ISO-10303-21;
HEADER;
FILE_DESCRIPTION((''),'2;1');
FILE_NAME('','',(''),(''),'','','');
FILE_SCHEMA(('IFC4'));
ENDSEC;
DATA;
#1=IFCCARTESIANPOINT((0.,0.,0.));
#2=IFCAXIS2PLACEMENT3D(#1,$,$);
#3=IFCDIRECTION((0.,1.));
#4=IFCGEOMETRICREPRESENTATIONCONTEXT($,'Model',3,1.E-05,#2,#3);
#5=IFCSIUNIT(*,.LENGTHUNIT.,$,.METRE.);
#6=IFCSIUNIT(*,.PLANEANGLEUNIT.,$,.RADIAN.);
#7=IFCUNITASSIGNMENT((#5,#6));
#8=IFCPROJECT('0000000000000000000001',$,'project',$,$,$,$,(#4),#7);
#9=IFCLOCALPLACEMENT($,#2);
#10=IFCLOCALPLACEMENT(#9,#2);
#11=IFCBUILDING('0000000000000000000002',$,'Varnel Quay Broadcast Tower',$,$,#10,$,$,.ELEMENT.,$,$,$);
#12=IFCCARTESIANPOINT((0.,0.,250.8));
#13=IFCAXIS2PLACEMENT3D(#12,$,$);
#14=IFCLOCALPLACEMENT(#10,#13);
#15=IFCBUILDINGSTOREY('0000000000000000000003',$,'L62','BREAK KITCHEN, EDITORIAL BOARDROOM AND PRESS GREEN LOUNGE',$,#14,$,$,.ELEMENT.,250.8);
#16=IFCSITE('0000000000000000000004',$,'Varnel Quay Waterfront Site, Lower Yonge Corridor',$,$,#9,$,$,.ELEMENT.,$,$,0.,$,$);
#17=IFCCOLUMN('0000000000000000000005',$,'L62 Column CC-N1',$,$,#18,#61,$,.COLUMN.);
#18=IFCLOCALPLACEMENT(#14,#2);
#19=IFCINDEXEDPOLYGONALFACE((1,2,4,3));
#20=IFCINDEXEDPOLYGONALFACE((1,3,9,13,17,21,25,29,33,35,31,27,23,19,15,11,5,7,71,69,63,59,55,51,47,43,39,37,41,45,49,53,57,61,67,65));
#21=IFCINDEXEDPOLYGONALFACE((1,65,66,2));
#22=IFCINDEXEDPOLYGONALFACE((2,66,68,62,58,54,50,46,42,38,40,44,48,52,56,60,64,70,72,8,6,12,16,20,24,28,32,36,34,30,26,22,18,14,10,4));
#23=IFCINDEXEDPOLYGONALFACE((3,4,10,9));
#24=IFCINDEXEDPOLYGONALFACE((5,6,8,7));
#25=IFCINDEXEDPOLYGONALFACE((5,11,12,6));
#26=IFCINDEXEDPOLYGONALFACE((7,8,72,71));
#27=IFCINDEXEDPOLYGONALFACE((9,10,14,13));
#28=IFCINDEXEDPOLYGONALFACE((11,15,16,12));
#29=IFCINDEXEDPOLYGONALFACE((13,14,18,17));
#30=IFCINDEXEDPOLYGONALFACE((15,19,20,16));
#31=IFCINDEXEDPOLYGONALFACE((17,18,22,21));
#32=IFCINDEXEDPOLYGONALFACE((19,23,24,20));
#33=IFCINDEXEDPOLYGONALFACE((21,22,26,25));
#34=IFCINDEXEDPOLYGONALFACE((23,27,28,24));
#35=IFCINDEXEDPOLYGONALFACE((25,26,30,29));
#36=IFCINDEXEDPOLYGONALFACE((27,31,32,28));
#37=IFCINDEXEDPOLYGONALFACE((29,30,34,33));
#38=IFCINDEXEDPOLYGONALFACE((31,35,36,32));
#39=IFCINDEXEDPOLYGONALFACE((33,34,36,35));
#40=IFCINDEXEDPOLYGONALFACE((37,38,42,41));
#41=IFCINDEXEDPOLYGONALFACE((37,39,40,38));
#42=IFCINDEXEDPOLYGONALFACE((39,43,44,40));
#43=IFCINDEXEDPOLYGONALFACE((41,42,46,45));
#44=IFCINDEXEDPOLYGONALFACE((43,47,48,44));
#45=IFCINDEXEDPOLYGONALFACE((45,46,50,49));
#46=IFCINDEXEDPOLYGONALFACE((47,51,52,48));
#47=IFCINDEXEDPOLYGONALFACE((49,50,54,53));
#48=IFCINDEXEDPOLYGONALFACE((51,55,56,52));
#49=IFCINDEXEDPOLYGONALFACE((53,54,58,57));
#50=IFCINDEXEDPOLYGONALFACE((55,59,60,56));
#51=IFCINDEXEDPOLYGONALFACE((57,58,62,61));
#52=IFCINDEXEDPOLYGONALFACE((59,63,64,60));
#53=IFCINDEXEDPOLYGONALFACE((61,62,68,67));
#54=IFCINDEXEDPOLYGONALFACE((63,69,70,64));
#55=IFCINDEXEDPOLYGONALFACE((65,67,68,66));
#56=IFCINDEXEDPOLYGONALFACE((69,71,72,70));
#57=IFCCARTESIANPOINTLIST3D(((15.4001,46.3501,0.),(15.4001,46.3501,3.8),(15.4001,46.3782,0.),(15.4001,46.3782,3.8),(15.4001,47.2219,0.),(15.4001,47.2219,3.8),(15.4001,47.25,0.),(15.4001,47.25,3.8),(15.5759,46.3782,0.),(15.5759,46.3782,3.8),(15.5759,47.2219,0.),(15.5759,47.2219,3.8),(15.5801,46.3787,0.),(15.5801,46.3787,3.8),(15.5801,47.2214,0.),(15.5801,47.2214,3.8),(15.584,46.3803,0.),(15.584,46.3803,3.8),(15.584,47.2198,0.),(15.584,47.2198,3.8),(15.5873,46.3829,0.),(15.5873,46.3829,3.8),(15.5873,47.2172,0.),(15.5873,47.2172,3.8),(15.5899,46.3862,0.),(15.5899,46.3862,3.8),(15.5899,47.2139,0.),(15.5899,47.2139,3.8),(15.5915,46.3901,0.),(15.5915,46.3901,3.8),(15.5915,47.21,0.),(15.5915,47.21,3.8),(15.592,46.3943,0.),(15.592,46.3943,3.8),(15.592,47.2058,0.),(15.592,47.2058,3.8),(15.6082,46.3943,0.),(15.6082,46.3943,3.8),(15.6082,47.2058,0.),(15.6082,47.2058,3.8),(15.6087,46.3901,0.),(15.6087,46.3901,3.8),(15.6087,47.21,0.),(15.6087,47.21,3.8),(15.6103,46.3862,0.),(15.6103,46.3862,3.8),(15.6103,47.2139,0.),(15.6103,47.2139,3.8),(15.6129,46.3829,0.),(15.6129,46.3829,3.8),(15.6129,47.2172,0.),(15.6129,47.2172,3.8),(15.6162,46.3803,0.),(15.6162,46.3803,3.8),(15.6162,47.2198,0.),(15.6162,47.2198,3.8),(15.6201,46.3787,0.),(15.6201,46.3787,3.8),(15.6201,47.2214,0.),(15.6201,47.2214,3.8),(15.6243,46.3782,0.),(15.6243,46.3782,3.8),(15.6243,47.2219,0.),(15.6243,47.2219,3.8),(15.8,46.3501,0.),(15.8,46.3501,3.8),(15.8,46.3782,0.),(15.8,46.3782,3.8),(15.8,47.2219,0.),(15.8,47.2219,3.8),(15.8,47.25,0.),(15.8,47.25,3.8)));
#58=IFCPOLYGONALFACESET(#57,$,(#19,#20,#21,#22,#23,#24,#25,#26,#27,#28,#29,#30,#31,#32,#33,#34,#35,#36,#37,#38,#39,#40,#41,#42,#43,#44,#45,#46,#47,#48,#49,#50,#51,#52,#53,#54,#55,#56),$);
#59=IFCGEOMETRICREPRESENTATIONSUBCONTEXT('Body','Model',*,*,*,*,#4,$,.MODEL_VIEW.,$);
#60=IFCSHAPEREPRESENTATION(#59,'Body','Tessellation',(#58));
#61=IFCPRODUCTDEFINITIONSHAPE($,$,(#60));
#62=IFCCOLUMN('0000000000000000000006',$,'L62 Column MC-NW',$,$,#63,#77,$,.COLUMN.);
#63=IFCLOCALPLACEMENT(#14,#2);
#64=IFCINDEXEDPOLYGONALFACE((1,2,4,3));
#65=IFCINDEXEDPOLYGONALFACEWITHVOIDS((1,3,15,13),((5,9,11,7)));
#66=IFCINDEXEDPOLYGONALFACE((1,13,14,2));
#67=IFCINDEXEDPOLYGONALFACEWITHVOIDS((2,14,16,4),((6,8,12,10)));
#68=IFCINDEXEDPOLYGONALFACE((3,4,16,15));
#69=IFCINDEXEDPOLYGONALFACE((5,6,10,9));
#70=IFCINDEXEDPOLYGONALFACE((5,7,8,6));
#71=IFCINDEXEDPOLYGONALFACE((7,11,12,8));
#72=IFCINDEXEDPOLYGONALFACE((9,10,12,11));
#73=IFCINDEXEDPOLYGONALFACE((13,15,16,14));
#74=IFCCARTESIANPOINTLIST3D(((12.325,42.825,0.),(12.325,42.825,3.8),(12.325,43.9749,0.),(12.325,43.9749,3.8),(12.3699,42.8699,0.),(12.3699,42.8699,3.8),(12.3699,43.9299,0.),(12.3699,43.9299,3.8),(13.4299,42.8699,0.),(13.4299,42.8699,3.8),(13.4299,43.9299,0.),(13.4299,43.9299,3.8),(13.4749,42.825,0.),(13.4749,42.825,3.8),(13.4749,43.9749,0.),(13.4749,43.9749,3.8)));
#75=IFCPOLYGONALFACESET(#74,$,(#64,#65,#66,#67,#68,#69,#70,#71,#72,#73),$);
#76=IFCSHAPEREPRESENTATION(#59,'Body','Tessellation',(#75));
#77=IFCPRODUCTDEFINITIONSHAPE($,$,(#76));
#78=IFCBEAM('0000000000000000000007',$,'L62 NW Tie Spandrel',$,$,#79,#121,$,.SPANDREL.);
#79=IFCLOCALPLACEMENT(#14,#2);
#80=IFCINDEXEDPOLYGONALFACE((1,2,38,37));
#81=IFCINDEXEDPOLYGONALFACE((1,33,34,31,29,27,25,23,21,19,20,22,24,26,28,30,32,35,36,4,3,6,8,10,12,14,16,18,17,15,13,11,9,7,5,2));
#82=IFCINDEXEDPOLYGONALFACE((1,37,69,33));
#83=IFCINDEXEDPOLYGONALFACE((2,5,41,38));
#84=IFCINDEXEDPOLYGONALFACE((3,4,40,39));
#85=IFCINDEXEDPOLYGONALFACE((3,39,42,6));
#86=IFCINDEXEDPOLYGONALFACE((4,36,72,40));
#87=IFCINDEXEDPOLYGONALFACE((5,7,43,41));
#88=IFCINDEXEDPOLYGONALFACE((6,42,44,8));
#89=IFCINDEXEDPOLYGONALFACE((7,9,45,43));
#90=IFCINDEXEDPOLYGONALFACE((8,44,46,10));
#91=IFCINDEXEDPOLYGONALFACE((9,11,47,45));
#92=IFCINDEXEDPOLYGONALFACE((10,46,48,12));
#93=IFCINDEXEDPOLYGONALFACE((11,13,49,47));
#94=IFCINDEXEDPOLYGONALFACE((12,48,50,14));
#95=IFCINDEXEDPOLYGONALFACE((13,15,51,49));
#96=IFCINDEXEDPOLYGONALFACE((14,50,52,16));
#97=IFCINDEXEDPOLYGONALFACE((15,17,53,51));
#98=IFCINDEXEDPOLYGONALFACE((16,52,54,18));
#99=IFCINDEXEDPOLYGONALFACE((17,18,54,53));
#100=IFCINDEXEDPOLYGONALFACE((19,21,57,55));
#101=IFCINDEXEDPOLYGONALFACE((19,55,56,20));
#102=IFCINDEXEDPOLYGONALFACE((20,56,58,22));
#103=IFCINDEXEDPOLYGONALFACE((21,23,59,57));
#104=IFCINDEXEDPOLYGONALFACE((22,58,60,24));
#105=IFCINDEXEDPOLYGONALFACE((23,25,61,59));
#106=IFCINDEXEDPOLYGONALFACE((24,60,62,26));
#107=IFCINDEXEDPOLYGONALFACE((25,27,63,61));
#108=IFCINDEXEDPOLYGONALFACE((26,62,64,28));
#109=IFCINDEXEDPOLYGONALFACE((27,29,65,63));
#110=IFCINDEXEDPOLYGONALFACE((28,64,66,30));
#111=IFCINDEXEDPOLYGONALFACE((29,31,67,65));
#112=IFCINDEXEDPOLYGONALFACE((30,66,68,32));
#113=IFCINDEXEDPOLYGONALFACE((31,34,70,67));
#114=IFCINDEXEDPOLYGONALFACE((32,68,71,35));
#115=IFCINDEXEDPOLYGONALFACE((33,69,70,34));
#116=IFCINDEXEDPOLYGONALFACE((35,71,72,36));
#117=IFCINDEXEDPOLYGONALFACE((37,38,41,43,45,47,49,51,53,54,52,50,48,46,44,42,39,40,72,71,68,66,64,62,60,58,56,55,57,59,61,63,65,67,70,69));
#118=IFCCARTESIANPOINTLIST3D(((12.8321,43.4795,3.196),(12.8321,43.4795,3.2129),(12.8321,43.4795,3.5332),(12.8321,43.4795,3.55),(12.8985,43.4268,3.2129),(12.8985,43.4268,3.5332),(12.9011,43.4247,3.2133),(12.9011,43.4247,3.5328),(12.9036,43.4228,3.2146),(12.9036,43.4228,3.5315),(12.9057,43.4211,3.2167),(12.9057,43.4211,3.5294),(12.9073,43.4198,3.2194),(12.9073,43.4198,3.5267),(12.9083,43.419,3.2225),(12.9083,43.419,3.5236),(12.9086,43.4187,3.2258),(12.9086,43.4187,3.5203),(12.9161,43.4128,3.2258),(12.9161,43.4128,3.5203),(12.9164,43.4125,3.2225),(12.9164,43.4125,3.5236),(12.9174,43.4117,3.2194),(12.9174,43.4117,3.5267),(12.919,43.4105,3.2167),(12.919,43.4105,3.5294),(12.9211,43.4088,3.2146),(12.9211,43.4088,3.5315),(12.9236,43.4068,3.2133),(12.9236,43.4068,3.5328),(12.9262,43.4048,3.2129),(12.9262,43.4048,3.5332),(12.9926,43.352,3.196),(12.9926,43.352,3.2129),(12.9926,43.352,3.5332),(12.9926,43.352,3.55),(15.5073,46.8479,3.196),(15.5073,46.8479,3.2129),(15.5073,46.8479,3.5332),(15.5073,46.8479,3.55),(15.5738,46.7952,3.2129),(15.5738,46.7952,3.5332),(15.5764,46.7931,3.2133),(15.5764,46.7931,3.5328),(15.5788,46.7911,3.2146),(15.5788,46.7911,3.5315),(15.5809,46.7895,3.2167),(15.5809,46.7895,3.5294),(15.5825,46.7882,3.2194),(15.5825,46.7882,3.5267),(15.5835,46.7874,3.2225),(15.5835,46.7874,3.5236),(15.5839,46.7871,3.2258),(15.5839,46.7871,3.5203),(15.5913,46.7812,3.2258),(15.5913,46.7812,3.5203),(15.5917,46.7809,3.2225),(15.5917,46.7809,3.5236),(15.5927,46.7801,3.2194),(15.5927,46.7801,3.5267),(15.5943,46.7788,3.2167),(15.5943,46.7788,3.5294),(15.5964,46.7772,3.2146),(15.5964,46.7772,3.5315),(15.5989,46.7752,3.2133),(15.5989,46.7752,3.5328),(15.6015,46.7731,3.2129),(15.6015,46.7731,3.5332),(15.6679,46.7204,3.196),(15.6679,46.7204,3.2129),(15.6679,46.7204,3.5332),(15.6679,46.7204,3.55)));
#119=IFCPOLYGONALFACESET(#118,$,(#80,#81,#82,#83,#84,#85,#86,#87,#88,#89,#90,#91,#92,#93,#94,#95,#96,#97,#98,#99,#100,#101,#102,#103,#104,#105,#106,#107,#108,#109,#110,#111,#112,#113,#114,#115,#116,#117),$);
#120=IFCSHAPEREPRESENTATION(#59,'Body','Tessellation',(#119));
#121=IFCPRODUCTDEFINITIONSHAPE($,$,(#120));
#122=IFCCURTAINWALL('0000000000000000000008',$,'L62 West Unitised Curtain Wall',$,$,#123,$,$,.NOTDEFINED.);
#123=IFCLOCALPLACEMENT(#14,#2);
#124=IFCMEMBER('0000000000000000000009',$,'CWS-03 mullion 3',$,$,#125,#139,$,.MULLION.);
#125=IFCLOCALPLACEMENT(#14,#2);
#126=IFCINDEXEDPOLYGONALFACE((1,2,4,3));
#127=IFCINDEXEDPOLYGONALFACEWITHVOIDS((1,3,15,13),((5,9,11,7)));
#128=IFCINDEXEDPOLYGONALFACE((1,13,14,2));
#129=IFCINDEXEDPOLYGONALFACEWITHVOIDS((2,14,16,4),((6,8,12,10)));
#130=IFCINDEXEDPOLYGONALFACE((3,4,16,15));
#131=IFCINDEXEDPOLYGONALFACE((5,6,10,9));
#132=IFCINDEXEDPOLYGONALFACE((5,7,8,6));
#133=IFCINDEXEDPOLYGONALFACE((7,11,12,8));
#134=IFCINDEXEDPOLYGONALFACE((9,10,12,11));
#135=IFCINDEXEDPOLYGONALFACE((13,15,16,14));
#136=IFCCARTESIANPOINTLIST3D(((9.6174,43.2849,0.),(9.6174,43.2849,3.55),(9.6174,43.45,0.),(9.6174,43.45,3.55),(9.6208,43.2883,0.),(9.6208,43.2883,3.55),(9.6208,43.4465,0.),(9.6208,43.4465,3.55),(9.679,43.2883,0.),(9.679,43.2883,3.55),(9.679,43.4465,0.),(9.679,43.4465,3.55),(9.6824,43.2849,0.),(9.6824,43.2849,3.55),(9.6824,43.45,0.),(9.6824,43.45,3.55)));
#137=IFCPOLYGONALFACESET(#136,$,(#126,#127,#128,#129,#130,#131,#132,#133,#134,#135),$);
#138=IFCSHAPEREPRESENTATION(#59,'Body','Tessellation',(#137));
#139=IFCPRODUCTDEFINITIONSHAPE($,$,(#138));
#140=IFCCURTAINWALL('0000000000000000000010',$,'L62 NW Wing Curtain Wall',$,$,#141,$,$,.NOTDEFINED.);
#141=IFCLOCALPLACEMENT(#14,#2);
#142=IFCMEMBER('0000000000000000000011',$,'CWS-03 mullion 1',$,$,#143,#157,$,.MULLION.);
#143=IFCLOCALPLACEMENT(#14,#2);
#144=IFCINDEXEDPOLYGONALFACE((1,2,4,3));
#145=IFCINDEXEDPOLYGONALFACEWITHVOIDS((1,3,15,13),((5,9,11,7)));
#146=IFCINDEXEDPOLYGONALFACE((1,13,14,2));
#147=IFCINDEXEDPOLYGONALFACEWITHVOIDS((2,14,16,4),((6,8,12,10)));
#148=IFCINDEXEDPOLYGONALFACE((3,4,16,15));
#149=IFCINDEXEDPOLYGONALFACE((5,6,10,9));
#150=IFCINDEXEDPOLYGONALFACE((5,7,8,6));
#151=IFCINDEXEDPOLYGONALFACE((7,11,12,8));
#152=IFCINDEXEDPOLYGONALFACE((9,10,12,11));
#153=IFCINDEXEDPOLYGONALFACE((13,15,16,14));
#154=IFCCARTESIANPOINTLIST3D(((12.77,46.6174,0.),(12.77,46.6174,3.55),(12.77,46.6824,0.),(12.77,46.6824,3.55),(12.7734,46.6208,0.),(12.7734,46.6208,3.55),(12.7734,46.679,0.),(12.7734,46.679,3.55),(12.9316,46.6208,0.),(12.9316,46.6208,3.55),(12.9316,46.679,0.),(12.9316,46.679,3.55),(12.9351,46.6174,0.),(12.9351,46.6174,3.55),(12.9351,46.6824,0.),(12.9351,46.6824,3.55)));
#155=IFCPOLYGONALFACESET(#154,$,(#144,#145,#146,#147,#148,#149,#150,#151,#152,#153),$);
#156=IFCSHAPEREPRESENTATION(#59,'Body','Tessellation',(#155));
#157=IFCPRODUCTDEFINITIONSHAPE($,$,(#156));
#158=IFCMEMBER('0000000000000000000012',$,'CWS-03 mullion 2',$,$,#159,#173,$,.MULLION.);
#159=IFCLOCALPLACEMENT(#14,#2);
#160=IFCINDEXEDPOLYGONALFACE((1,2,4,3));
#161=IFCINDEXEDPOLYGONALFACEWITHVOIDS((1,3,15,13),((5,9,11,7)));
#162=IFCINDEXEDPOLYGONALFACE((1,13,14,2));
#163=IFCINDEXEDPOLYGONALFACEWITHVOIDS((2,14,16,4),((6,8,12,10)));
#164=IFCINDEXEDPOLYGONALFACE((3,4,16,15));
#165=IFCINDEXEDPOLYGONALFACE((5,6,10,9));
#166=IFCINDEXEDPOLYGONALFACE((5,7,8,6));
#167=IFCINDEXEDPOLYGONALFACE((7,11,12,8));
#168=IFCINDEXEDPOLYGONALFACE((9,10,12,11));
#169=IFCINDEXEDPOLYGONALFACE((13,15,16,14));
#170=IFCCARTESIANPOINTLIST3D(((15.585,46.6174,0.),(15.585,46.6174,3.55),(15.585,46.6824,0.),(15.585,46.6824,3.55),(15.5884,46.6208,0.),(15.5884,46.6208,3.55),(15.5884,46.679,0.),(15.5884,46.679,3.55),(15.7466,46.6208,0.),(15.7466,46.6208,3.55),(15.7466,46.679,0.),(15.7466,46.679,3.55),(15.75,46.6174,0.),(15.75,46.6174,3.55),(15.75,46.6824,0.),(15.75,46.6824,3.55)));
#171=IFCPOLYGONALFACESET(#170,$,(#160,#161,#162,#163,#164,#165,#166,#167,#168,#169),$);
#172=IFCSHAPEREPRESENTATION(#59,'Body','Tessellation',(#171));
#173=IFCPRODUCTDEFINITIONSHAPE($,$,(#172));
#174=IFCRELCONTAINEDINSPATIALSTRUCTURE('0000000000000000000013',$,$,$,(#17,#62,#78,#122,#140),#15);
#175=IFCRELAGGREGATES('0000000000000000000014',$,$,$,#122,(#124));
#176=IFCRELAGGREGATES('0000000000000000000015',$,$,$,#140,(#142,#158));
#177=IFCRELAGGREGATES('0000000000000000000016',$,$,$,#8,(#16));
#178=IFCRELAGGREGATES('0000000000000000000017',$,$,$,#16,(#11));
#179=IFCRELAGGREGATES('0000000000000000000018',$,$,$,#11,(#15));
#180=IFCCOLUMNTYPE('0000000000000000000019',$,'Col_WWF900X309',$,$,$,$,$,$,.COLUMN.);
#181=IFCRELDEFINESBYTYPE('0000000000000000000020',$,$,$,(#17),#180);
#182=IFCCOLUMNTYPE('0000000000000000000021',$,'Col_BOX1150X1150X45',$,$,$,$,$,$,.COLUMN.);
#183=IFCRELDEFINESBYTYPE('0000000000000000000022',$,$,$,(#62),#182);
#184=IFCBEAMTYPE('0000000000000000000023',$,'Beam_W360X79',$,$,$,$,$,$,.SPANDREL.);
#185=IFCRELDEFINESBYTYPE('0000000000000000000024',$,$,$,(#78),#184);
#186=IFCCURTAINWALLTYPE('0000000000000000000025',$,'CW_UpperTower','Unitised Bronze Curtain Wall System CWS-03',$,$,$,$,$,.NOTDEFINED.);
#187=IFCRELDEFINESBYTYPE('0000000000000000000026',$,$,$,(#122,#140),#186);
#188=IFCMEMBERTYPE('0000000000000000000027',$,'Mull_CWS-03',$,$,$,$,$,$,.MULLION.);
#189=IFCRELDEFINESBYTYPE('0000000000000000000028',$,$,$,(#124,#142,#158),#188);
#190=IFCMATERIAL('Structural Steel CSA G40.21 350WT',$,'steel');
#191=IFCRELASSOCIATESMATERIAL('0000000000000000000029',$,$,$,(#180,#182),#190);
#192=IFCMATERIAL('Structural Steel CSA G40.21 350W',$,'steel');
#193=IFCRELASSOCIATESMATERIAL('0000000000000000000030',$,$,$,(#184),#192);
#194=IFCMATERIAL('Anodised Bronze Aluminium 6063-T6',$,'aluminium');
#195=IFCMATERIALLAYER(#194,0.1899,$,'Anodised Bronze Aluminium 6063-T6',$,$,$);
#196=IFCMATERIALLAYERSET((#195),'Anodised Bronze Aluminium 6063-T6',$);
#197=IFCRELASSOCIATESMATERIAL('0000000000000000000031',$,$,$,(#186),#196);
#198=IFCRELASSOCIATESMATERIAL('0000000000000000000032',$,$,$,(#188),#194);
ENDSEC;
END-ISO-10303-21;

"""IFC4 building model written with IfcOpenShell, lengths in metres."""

from ifc_helpers import new_model, si_unit, direction, frame, origin, origin_2d, place, context, subcontext, project, spatial, hollow_rectangle, i_section, extrude, source, transform, mapped, material, layer, layer_set, material_profile, profile_set, type_object, type_shapes, element, aggregate, save


model = new_model("IFC4")

# Units and contexts
model_context = context("Model", 3, precision=1e-05, world=origin(), true_north=direction((0.0, 1.0)))
body_context = subcontext(model_context, "Body", "Model", "MODEL_VIEW")
ifc_project = project(units=[si_unit("LENGTHUNIT", "METRE"), si_unit("PLANEANGLEUNIT", "RADIAN")], contexts=[model_context])

# Site, building, storey
site_placement = place(None, origin())
site = spatial("IfcSite", under=ifc_project, at=site_placement, Name="Varnel Quay Waterfront Site, Lower Yonge Corridor", CompositionType="ELEMENT", RefElevation=0.0)
building_placement = place(site_placement, origin())
building = spatial("IfcBuilding", under=site, at=building_placement, Name="Varnel Quay Broadcast Tower", CompositionType="ELEMENT")
storey_placement = place(building_placement, frame((0.0, 0.0, 250.8)))
storey = spatial("IfcBuildingStorey", under=building, at=storey_placement, Name="L62", Description="BREAK KITCHEN, EDITORIAL BOARDROOM AND PRESS GREEN LOUNGE", CompositionType="ELEMENT", Elevation=250.8)

# Columns
ifc_material_1 = material(Name="Structural Steel CSA G40.21 350WT", Category="steel")
ifc_material_profile_1 = material_profile(ifc_material_1, i_section(OverallWidth=0.3999, OverallDepth=0.8999, WebThickness=0.0161, FlangeThickness=0.0281, FilletRadius=0.0161, at=origin_2d()), Name="WWF900X309")
ifc_profile_set_1 = profile_set([ifc_material_profile_1], Name="Structural Steel CSA G40.21 350WT")
column_type_1 = type_object("IfcColumnType", Name="Col_WWF900X309", PredefinedType="COLUMN", material=ifc_profile_set_1)
shared_shape_1 = source(origin(), body_context, "Body", "SweptSolid", [
    extrude(i_section(OverallWidth=0.3999, OverallDepth=0.8999, WebThickness=0.0161, FlangeThickness=0.0281, FilletRadius=0.0161, at=origin_2d()), origin(), (0.0, 0.0, 1.0), 3.8),
])
type_shapes(column_type_1, [shared_shape_1])
column_1_placement = place(storey_placement, frame((15.6001, 46.8, 0.0), z_axis=(0.0, 0.0, 1.0), x_axis=(1.0, 0.0, 0.0)))
element("IfcColumn", 1, at=column_1_placement, inside=storey, type_object=column_type_1, Name="L62 Column CC-N1", PredefinedType="COLUMN", context=body_context, shape_type="MappedRepresentation", body=[
    mapped(shared_shape_1, transform((0.0, 0.0, 0.0), x_axis=(1.0, 0.0, 0.0), y_axis=(0.0, 1.0, 0.0), z_axis=(0.0, 0.0, 1.0), scale=1.0)),
])
ifc_material_profile_2 = material_profile(ifc_material_1, hollow_rectangle(XDim=1.1499, YDim=1.1499, WallThickness=0.0449, at=origin_2d()), Name="BOX1150X1150X45")
ifc_profile_set_2 = profile_set([ifc_material_profile_2], Name="Structural Steel CSA G40.21 350WT")
column_type_2 = type_object("IfcColumnType", Name="Col_BOX1150X1150X45", PredefinedType="COLUMN", material=ifc_profile_set_2)
shared_shape_2 = source(origin(), body_context, "Body", "SweptSolid", [
    extrude(hollow_rectangle(XDim=1.1499, YDim=1.1499, WallThickness=0.0449, at=origin_2d()), origin(), (0.0, 0.0, 1.0), 3.8),
])
type_shapes(column_type_2, [shared_shape_2])
column_2_placement = place(storey_placement, frame((12.8999, 43.3999, 0.0), z_axis=(0.0, 0.0, 1.0), x_axis=(1.0, 0.0, 0.0)))
element("IfcColumn", 2, at=column_2_placement, inside=storey, type_object=column_type_2, Name="L62 Column MC-NW", PredefinedType="COLUMN", context=body_context, shape_type="MappedRepresentation", body=[
    mapped(shared_shape_2, transform((0.0, 0.0, 0.0), x_axis=(1.0, 0.0, 0.0), y_axis=(0.0, 1.0, 0.0), z_axis=(0.0, 0.0, 1.0), scale=1.0)),
])

# Beam
ifc_material_2 = material(Name="Structural Steel CSA G40.21 350W", Category="steel")
ifc_material_profile_3 = material_profile(ifc_material_2, i_section(OverallWidth=0.2051, OverallDepth=0.354, WebThickness=0.0095, FlangeThickness=0.0168, FilletRadius=0.0129, at=origin_2d()), Name="W360X79")
ifc_profile_set_3 = profile_set([ifc_material_profile_3], Name="Structural Steel CSA G40.21 350W")
beam_type = type_object("IfcBeamType", Name="Beam_W360X79", PredefinedType="SPANDREL", material=ifc_profile_set_3)
shared_shape_3 = source(origin(), body_context, "Body", "SweptSolid", [
    extrude(i_section(OverallWidth=0.2051, OverallDepth=0.354, WebThickness=0.0095, FlangeThickness=0.0168, FilletRadius=0.0129, at=origin_2d()), origin(), (0.0, 0.0, 1.0), 4.3015),
])
type_shapes(beam_type, [shared_shape_3])
beam_placement = place(storey_placement, frame((12.9124, 43.4158, 3.373), z_axis=(0.621936, 0.783068, 0.0), x_axis=(-0.783068, 0.621936, 0.0)))
element("IfcBeam", 3, at=beam_placement, inside=storey, type_object=beam_type, Name="L62 NW Tie Spandrel", PredefinedType="SPANDREL", context=body_context, shape_type="MappedRepresentation", body=[
    mapped(shared_shape_3, transform((0.0, 0.0, 0.0), x_axis=(1.0, 0.0, 0.0), y_axis=(0.0, 1.0, 0.0), z_axis=(0.0, 0.0, 1.0), scale=1.0)),
])

# Curtain wall, member
ifc_material_3 = material(Name="Anodised Bronze Aluminium 6063-T6", Category="aluminium")
ifc_layer_1 = layer(ifc_material_3, 0.1899, Name="Anodised Bronze Aluminium 6063-T6")
ifc_layer_set_1 = layer_set([ifc_layer_1], Name="Anodised Bronze Aluminium 6063-T6")
curtain_wall_type = type_object("IfcCurtainWallType", Name="CW_UpperTower", Description="Unitised Bronze Curtain Wall System CWS-03", PredefinedType="NOTDEFINED", material=ifc_layer_set_1)
curtain_wall_1_placement = place(storey_placement, origin())
curtain_wall_1 = element("IfcCurtainWall", 4, at=curtain_wall_1_placement, inside=storey, type_object=curtain_wall_type, Name="L62 West Unitised Curtain Wall", PredefinedType="NOTDEFINED")
ifc_material_profile_4 = material_profile(ifc_material_3, hollow_rectangle(XDim=0.0649, YDim=0.165, WallThickness=0.0034, at=origin_2d()), Name="ALU65X165X3.5")
ifc_profile_set_4 = profile_set([ifc_material_profile_4], Name="Anodised Bronze Aluminium 6063-T6")
member_type_1 = type_object("IfcMemberType", Name="Mull_CWS-03", PredefinedType="MULLION", material=ifc_profile_set_4)
shared_shape_4 = source(origin(), body_context, "Body", "SweptSolid", [
    extrude(hollow_rectangle(XDim=0.0649, YDim=0.165, WallThickness=0.0034, at=origin_2d()), origin(), (0.0, 0.0, 1.0), 3.55),
])
type_shapes(member_type_1, [shared_shape_4])
member_1_placement = place(storey_placement, frame((9.6499, 43.3674, 0.0), z_axis=(0.0, 0.0, 1.0), x_axis=(-1.0, 0.0, 0.0)))
member_1 = element("IfcMember", 5, at=member_1_placement, type_object=member_type_1, Name="CWS-03 mullion 3", PredefinedType="MULLION", context=body_context, shape_type="MappedRepresentation", body=[
    mapped(shared_shape_4, transform((0.0, 0.0, 0.0), x_axis=(1.0, 0.0, 0.0), y_axis=(0.0, 1.0, 0.0), z_axis=(0.0, 0.0, 1.0), scale=1.0)),
])
aggregate(curtain_wall_1, [member_1])

# Curtain wall, members
curtain_wall_2_placement = place(storey_placement, origin())
curtain_wall_2 = element("IfcCurtainWall", 6, at=curtain_wall_2_placement, inside=storey, type_object=curtain_wall_type, Name="L62 NW Wing Curtain Wall", PredefinedType="NOTDEFINED")
member_2_placement = place(storey_placement, frame((12.8525, 46.6499, 0.0), z_axis=(0.0, 0.0, 1.0), x_axis=(0.0, 1.0, 0.0)))
member_2 = element("IfcMember", 7, at=member_2_placement, type_object=member_type_1, Name="CWS-03 mullion 1", PredefinedType="MULLION", context=body_context, shape_type="MappedRepresentation", body=[
    mapped(shared_shape_4, transform((0.0, 0.0, 0.0), x_axis=(1.0, 0.0, 0.0), y_axis=(0.0, 1.0, 0.0), z_axis=(0.0, 0.0, 1.0), scale=1.0)),
])
member_3_placement = place(storey_placement, frame((15.6675, 46.6499, 0.0), z_axis=(0.0, 0.0, 1.0), x_axis=(0.0, 1.0, 0.0)))
member_3 = element("IfcMember", 8, at=member_3_placement, type_object=member_type_1, Name="CWS-03 mullion 2", PredefinedType="MULLION", context=body_context, shape_type="MappedRepresentation", body=[
    mapped(shared_shape_4, transform((0.0, 0.0, 0.0), x_axis=(1.0, 0.0, 0.0), y_axis=(0.0, 1.0, 0.0), z_axis=(0.0, 0.0, 1.0), scale=1.0)),
])
aggregate(curtain_wall_2, [member_2, member_3])

save(model, "model.ifc")
